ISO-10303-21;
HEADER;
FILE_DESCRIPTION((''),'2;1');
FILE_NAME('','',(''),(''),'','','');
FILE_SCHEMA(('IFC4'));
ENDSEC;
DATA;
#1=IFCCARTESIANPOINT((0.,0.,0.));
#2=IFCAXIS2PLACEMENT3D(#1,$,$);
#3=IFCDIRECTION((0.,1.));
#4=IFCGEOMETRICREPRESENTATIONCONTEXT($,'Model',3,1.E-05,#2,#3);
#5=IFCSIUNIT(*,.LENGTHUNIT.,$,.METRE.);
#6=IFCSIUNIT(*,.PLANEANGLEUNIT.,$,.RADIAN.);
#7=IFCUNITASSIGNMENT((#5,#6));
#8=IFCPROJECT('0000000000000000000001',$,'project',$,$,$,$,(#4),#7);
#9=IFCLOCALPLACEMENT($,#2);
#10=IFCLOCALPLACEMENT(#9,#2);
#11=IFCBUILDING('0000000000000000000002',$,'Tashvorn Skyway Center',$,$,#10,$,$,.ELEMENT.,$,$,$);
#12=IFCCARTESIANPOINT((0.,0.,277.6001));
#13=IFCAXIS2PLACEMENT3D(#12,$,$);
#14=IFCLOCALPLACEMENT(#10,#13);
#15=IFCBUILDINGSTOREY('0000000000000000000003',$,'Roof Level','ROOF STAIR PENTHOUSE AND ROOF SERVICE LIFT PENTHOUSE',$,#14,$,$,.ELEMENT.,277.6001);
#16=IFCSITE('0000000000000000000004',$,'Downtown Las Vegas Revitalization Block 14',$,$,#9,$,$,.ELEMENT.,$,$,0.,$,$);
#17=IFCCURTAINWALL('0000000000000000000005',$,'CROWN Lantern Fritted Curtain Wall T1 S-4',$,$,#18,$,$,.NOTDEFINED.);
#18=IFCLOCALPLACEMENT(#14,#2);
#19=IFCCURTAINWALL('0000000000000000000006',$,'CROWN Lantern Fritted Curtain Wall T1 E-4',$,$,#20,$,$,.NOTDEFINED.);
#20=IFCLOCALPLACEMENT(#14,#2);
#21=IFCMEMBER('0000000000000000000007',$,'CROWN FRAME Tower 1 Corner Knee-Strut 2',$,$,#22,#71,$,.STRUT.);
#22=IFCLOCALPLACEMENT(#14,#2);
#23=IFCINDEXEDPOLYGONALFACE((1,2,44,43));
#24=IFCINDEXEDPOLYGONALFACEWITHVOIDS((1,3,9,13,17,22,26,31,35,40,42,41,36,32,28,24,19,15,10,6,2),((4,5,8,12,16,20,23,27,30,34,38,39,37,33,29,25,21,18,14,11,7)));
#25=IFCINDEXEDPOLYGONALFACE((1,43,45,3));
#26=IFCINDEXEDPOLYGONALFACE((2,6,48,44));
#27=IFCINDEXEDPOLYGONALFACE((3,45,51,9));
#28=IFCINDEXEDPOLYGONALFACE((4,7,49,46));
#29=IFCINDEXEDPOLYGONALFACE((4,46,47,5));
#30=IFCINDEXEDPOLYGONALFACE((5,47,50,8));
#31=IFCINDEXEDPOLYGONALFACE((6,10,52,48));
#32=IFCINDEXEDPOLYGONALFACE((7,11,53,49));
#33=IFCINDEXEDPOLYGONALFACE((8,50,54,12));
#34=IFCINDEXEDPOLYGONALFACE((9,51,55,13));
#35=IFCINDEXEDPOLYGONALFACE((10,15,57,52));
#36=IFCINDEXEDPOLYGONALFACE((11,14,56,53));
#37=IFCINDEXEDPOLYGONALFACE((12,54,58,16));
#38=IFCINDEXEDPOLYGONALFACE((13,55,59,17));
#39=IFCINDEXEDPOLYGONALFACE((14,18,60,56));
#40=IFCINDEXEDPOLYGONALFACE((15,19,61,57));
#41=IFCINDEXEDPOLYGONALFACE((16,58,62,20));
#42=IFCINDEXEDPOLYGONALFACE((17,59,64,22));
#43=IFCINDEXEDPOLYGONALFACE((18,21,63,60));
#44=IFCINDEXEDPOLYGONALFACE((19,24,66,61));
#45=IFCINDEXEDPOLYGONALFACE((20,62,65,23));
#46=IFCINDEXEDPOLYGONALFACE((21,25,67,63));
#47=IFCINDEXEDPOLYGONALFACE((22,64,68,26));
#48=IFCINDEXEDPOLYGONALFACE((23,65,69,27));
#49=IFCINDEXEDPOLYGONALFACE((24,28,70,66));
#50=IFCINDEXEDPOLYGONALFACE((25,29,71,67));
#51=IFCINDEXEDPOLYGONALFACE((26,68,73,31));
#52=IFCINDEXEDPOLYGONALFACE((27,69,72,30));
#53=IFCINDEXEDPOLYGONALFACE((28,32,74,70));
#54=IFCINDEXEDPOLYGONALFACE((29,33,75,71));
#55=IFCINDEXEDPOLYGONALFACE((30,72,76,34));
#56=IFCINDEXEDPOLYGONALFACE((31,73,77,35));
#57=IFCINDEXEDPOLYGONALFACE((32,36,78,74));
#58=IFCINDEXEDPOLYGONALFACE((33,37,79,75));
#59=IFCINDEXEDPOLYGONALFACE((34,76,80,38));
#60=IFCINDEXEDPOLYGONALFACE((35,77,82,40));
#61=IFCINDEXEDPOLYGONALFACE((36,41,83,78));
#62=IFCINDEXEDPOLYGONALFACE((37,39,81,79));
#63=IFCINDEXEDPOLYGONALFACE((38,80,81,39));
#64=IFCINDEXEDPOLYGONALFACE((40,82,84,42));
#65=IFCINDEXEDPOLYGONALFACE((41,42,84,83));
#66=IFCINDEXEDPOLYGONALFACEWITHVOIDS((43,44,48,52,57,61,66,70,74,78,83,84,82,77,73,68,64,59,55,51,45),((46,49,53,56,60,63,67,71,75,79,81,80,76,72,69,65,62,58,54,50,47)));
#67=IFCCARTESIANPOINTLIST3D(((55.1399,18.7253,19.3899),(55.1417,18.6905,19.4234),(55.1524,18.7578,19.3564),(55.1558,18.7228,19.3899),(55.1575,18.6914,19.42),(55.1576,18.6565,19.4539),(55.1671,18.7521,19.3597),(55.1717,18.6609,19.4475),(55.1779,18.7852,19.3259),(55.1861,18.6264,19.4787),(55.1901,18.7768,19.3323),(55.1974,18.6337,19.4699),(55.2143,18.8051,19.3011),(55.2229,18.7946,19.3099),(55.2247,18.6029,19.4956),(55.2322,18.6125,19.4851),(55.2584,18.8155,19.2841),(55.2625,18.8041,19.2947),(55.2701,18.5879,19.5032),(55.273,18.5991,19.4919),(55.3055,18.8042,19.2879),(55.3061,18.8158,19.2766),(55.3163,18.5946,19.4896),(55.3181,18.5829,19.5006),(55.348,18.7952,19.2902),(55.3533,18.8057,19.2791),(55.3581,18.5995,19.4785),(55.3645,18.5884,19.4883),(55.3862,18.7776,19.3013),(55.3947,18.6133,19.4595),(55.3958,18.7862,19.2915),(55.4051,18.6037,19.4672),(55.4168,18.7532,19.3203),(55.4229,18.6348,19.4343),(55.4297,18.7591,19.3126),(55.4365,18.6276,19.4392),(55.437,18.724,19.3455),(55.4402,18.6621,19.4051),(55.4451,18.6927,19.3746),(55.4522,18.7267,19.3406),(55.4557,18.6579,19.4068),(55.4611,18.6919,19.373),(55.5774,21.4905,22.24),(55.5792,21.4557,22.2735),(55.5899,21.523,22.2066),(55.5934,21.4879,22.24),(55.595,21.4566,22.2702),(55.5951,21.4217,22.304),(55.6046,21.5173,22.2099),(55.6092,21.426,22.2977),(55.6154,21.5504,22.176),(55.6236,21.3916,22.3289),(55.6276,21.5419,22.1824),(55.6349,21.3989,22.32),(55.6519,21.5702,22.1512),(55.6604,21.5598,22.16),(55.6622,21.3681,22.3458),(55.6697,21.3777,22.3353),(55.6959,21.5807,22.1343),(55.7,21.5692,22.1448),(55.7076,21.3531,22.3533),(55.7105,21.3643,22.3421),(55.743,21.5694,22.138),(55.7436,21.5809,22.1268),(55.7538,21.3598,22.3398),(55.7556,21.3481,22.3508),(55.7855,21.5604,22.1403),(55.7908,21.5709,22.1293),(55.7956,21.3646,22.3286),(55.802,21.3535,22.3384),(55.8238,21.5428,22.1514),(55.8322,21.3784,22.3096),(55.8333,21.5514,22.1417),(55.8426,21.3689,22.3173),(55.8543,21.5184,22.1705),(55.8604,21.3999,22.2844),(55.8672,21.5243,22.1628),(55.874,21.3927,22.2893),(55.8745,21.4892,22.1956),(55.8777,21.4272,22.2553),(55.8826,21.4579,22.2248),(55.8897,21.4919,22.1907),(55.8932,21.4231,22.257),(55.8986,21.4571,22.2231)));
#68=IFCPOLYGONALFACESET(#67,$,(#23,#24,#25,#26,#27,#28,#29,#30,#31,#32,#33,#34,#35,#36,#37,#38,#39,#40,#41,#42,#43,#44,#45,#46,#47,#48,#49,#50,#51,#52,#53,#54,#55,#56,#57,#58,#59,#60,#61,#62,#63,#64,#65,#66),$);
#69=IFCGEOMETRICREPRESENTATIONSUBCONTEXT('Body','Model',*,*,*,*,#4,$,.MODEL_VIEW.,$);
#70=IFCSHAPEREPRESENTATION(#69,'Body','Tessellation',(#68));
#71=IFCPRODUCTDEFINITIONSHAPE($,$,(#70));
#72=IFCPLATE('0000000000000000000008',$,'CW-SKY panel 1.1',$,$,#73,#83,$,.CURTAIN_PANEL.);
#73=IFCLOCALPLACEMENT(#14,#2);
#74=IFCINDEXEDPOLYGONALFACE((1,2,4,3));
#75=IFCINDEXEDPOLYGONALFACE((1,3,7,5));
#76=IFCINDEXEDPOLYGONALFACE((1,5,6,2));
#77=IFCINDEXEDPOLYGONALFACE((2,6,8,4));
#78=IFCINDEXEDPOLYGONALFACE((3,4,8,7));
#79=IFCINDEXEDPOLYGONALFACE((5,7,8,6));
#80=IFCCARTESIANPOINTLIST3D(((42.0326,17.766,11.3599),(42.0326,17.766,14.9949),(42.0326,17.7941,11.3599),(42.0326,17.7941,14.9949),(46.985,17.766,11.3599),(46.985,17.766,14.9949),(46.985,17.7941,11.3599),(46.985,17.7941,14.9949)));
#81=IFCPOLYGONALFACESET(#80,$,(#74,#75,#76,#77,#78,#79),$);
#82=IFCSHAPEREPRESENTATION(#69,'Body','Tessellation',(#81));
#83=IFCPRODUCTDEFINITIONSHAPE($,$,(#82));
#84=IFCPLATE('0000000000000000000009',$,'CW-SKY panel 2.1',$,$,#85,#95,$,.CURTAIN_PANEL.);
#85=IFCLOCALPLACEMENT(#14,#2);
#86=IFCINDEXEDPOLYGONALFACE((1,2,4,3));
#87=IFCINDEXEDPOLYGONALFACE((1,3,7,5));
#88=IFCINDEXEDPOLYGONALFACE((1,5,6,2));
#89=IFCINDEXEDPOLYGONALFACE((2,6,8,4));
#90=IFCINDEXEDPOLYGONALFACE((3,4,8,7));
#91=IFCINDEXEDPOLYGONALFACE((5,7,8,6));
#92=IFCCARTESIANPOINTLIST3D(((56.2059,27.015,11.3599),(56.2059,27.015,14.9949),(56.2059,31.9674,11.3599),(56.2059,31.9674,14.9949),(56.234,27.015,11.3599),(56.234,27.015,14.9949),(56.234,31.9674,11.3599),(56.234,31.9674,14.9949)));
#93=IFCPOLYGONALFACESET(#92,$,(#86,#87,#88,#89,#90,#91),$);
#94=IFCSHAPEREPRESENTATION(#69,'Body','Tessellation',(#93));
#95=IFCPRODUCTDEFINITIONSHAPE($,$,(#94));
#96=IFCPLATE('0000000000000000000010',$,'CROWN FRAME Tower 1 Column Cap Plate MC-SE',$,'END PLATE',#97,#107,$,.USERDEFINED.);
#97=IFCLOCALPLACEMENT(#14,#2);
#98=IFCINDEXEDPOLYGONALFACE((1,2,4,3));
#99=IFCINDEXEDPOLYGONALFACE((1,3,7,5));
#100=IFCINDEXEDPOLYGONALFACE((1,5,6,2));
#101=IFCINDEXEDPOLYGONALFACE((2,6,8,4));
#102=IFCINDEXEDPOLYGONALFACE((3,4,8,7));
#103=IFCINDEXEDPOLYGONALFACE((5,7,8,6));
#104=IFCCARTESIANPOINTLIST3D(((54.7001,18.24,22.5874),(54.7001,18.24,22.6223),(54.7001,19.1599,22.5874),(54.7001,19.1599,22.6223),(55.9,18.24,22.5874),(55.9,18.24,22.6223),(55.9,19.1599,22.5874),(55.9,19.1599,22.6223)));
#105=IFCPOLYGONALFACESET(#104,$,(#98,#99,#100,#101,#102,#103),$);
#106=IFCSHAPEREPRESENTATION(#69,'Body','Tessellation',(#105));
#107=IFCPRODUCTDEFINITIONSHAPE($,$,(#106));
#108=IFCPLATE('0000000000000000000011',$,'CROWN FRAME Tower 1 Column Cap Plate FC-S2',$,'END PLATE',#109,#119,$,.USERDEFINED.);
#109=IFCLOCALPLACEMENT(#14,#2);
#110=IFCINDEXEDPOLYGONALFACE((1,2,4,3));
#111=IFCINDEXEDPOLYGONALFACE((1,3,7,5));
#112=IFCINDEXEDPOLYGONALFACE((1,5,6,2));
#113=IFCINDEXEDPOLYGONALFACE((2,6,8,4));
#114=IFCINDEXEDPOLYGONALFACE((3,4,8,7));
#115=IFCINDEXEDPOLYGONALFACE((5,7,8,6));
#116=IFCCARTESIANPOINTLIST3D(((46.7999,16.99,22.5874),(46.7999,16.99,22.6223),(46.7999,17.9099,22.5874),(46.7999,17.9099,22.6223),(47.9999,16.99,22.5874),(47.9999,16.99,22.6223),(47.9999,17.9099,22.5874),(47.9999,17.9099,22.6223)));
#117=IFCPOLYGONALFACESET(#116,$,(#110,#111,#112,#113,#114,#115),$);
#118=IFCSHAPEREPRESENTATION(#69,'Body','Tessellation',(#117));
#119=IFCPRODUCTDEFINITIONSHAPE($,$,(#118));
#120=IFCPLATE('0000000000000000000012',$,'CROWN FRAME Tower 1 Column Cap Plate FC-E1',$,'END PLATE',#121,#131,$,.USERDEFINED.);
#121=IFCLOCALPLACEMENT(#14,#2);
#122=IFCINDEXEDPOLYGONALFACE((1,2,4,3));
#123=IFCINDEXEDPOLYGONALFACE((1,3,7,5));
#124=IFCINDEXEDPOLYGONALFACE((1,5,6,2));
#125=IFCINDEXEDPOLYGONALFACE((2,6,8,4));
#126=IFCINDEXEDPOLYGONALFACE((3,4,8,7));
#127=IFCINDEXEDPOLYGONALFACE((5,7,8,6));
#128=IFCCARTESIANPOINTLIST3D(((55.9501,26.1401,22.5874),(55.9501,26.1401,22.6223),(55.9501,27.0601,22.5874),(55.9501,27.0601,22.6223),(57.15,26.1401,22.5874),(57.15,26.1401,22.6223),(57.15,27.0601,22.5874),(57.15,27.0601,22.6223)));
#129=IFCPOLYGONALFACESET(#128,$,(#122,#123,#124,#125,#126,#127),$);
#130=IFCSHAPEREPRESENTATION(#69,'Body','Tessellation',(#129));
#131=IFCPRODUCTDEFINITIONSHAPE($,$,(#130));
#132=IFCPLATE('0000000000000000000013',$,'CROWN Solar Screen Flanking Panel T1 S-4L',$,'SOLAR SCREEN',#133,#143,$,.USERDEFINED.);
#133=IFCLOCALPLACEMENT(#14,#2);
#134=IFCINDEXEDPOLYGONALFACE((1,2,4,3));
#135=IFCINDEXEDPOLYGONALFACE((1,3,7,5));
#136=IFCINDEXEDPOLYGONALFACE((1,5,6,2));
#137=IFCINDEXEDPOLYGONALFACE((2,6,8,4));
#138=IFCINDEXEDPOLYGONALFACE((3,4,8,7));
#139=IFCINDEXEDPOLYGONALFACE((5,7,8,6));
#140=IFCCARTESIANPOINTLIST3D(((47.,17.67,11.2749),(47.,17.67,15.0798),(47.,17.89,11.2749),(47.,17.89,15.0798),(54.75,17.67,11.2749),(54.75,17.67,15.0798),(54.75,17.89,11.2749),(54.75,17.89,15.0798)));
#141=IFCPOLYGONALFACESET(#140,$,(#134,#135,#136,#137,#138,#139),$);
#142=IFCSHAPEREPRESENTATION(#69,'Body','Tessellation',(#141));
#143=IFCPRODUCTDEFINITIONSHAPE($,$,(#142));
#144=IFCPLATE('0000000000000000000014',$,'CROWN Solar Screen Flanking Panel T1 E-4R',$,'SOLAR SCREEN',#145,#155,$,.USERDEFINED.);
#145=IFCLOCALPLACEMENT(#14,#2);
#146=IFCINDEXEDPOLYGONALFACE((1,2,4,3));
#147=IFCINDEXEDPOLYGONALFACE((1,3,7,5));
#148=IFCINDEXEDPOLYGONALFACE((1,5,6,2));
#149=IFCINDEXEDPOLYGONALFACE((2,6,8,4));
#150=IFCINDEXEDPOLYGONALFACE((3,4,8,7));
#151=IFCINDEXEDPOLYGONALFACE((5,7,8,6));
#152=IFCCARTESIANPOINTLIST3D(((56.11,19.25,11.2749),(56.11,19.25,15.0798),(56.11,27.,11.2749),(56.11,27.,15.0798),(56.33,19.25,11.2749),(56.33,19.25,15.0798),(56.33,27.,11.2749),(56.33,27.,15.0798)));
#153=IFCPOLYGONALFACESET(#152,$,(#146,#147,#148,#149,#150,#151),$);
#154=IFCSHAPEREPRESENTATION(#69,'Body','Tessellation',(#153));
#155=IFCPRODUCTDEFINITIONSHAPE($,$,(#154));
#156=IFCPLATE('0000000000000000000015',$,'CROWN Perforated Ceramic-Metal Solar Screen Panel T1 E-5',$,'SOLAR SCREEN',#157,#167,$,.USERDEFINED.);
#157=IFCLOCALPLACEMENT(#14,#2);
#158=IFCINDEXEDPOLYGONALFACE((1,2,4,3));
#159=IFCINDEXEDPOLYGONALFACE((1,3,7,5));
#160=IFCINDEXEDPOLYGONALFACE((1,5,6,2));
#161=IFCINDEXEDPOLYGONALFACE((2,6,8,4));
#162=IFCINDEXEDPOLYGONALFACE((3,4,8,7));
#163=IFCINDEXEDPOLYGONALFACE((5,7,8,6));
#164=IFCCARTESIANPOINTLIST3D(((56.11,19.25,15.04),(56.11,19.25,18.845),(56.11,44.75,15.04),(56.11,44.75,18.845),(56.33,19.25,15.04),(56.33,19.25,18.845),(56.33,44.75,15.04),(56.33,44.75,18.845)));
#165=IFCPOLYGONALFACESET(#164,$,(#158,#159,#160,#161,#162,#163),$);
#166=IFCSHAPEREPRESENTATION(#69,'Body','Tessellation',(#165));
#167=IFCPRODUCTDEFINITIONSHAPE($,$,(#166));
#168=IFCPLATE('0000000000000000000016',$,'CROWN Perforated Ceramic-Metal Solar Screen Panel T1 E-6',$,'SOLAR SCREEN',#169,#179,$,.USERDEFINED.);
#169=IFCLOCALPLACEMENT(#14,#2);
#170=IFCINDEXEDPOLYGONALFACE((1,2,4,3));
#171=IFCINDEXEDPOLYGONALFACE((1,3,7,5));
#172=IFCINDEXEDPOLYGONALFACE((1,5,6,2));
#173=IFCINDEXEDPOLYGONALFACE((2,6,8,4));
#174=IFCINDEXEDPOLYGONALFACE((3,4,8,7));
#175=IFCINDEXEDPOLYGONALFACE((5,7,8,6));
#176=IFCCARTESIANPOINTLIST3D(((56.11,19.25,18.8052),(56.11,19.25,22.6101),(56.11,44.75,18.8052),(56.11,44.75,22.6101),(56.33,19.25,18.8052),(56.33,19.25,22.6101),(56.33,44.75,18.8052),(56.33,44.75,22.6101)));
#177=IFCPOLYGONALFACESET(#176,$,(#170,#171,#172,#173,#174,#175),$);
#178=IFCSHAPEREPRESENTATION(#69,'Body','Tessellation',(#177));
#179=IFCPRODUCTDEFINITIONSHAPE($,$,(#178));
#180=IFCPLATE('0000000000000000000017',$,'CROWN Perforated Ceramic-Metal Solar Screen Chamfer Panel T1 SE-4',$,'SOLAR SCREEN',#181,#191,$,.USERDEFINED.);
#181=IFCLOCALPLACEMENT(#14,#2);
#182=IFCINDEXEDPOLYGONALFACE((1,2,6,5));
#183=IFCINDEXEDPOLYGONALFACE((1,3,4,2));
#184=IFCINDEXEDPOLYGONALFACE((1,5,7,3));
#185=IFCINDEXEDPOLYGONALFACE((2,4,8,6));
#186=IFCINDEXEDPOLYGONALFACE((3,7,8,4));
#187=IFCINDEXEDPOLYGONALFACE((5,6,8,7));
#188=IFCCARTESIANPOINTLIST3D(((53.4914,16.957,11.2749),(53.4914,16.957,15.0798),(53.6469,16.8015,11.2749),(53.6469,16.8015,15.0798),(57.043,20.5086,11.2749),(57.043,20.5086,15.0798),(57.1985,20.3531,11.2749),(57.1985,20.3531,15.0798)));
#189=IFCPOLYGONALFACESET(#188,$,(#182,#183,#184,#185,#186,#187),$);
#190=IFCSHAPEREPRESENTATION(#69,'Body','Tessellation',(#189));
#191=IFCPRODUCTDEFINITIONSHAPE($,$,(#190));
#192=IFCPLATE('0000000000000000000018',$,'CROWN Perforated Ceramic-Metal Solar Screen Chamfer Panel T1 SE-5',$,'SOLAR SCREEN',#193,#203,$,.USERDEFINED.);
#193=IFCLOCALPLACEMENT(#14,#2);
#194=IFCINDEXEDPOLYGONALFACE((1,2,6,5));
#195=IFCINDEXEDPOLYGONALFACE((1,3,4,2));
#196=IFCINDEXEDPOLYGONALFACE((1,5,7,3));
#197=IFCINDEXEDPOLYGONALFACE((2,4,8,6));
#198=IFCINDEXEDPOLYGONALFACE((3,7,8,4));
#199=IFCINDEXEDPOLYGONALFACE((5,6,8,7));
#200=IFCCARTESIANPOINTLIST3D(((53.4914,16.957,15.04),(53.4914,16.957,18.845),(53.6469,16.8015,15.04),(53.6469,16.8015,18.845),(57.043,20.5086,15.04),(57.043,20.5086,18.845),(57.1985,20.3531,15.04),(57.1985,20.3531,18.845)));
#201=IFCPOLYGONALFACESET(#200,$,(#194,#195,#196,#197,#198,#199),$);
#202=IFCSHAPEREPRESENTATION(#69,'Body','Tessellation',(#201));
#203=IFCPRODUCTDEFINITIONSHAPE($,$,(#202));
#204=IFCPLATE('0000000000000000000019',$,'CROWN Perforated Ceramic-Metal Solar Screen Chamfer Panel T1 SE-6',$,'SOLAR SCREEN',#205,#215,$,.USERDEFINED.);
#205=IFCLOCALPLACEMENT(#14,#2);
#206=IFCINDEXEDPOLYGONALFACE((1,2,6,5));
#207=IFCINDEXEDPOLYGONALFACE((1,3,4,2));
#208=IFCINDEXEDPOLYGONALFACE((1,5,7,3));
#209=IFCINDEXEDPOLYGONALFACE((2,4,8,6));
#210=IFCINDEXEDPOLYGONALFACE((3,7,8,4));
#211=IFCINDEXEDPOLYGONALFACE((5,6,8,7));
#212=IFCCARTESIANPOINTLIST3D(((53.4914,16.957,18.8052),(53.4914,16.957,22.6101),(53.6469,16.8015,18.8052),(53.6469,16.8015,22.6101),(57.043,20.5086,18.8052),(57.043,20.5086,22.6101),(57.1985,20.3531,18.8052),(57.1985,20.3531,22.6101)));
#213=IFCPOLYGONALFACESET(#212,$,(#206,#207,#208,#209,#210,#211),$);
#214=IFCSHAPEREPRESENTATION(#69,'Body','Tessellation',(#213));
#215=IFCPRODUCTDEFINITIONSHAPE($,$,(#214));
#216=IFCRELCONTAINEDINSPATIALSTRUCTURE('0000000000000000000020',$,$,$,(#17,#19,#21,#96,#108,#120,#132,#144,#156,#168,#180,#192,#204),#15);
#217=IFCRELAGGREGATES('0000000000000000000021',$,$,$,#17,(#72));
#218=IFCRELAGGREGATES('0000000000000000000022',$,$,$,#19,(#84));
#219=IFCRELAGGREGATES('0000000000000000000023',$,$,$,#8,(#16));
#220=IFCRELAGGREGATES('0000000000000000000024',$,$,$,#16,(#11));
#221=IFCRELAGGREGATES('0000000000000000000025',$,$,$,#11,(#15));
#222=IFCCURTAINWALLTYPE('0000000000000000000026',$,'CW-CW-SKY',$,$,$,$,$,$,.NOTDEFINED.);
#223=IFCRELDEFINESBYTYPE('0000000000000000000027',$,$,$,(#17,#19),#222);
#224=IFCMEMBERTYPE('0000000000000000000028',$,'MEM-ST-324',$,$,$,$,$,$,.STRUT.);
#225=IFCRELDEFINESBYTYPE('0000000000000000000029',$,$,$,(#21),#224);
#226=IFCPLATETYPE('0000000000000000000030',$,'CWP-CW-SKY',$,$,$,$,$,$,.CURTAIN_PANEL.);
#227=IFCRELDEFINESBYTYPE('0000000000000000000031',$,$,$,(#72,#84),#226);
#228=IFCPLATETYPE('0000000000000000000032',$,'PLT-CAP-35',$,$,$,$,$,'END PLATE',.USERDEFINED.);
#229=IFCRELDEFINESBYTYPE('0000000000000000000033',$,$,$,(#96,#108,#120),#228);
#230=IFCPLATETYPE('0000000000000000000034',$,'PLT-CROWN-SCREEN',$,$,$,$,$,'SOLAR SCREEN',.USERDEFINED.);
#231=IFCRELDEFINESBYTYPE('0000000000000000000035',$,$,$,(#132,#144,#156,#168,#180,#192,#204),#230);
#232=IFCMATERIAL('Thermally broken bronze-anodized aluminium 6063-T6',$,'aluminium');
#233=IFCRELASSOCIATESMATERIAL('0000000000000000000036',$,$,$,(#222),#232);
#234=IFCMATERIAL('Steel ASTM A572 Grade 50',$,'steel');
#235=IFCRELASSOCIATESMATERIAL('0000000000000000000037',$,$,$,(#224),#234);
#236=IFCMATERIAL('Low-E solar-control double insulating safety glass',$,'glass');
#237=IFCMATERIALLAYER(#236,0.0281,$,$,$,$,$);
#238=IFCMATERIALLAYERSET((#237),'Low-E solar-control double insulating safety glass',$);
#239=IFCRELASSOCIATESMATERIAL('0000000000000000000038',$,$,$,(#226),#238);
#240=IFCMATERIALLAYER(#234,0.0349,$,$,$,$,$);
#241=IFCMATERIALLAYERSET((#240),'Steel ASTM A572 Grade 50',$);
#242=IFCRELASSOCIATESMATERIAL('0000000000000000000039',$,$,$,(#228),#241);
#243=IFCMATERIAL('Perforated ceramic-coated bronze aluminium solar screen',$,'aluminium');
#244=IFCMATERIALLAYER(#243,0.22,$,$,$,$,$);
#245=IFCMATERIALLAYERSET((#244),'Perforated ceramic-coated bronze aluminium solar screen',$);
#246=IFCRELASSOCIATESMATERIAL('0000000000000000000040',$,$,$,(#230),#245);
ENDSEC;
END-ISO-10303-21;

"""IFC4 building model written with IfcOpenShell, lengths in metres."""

from ifc_helpers import new_model, si_unit, direction, frame, origin, origin_2d, place, context, subcontext, project, spatial, rectangle, hollow_circle, extrude, material, layer, layer_set, material_profile, profile_set, type_object, element, aggregate, save


model = new_model("IFC4")

# Units and contexts
model_context = context("Model", 3, precision=1e-05, world=origin(), true_north=direction((0.0, 1.0)))
body_context = subcontext(model_context, "Body", "Model", "MODEL_VIEW")
ifc_project = project(units=[si_unit("LENGTHUNIT", "METRE"), si_unit("PLANEANGLEUNIT", "RADIAN")], contexts=[model_context])

# Site, building, storey
site_placement = place(None, origin())
site = spatial("IfcSite", under=ifc_project, at=site_placement, Name="Downtown Las Vegas Revitalization Block 14", CompositionType="ELEMENT", RefElevation=0.0)
building_placement = place(site_placement, origin())
building = spatial("IfcBuilding", under=site, at=building_placement, Name="Tashvorn Skyway Center", CompositionType="ELEMENT")
storey_placement = place(building_placement, frame((0.0, 0.0, 277.6001)))
storey = spatial("IfcBuildingStorey", under=building, at=storey_placement, Name="Roof Level", Description="ROOF STAIR PENTHOUSE AND ROOF SERVICE LIFT PENTHOUSE", CompositionType="ELEMENT", Elevation=277.6001)

# Shared definitions
ifc_material_1 = material(Name="Steel ASTM A572 Grade 50", Category="steel")

# Curtain wall
ifc_material_2 = material(Name="Thermally broken bronze-anodized aluminium 6063-T6", Category="aluminium")
curtain_wall_type = type_object("IfcCurtainWallType", Name="CW-CW-SKY", PredefinedType="NOTDEFINED", material=ifc_material_2)
curtain_wall_1_placement = place(storey_placement, origin())
curtain_wall_1 = element("IfcCurtainWall", 1, at=curtain_wall_1_placement, inside=storey, type_object=curtain_wall_type, Name="CROWN Lantern Fritted Curtain Wall T1 S-4", PredefinedType="NOTDEFINED")

# Curtain wall
curtain_wall_2_placement = place(storey_placement, origin())
curtain_wall_2 = element("IfcCurtainWall", 2, at=curtain_wall_2_placement, inside=storey, type_object=curtain_wall_type, Name="CROWN Lantern Fritted Curtain Wall T1 E-4", PredefinedType="NOTDEFINED")

# Member
ifc_material_profile_1 = material_profile(ifc_material_1, hollow_circle(Radius=0.1621, WallThickness=0.0161, at=origin_2d()), Name="CHS324x16")
ifc_profile_set_1 = profile_set([ifc_material_profile_1], Name="Steel ASTM A572 Grade 50")
member_type_1 = type_object("IfcMemberType", Name="MEM-ST-324", PredefinedType="STRUT", material=ifc_profile_set_1)
member_1_placement = place(storey_placement, frame((55.3, 18.7, 19.3899), z_axis=(0.10951, 0.69214, 0.713407), x_axis=(-0.987713, 0.156276, 0.0)))
element("IfcMember", 3, at=member_1_placement, inside=storey, type_object=member_type_1, Name="CROWN FRAME Tower 1 Corner Knee-Strut 2", PredefinedType="STRUT", context=body_context, shape_type="SweptSolid", body=[
    extrude(hollow_circle(Radius=0.1621, WallThickness=0.0161, at=origin_2d()), origin(), (0.0, 0.0, 1.0), 3.9951),
])

# Plates
ifc_material_3 = material(Name="Low-E solar-control double insulating safety glass", Category="glass")
ifc_layer_1 = layer(ifc_material_3, 0.0281)
ifc_layer_set_1 = layer_set([ifc_layer_1], Name="Low-E solar-control double insulating safety glass")
plate_type_1 = type_object("IfcPlateType", Name="CWP-CW-SKY", PredefinedType="CURTAIN_PANEL", material=ifc_layer_set_1)
plate_1_placement = place(storey_placement, frame((44.5088, 17.78, 11.3599), z_axis=(0.0, 0.0, 1.0), x_axis=(-1.0, 0.0, 0.0)))
plate_1 = element("IfcPlate", 4, at=plate_1_placement, type_object=plate_type_1, Name="CW-SKY panel 1.1", PredefinedType="CURTAIN_PANEL", context=body_context, shape_type="SweptSolid", body=[
    extrude(rectangle(XDim=4.9524, YDim=0.0281, at=origin_2d()), origin(), (0.0, 0.0, 1.0), 3.635),
])
aggregate(curtain_wall_1, [plate_1])
plate_2_placement = place(storey_placement, frame((56.22, 29.4912, 11.3599), z_axis=(0.0, 0.0, 1.0), x_axis=(0.0, -1.0, 0.0)))
plate_2 = element("IfcPlate", 5, at=plate_2_placement, type_object=plate_type_1, Name="CW-SKY panel 2.1", PredefinedType="CURTAIN_PANEL", context=body_context, shape_type="SweptSolid", body=[
    extrude(rectangle(XDim=4.9524, YDim=0.0281, at=origin_2d()), origin(), (0.0, 0.0, 1.0), 3.635),
])
aggregate(curtain_wall_2, [plate_2])

# Plates
ifc_layer_2 = layer(ifc_material_1, 0.0349)
ifc_layer_set_2 = layer_set([ifc_layer_2], Name="Steel ASTM A572 Grade 50")
plate_type_2 = type_object("IfcPlateType", Name="PLT-CAP-35", ElementType="END PLATE", PredefinedType="USERDEFINED", material=ifc_layer_set_2)
for number, where, z_axis, x_axis, name in (
    (6, (55.3, 18.7, 22.5874), (0.0, 0.0, 1.0), (1.0, 0.0, 0.0), "CROWN FRAME Tower 1 Column Cap Plate MC-SE"),
    (7, (47.3999, 17.45, 22.5874), (0.0, 0.0, 1.0), (1.0, 0.0, 0.0), "CROWN FRAME Tower 1 Column Cap Plate FC-S2"),
    (8, (56.55, 26.6001, 22.5874), (0.0, 0.0, 1.0), (1.0, 0.0, 0.0), "CROWN FRAME Tower 1 Column Cap Plate FC-E1"),
):
    element("IfcPlate", number, at=place(storey_placement, frame(where, z_axis=z_axis, x_axis=x_axis)), inside=storey, type_object=plate_type_2, Name=name, ObjectType="END PLATE", PredefinedType="USERDEFINED", context=body_context, shape_type="SweptSolid", body=[
        extrude(rectangle(XDim=1.2, YDim=0.9199, at=origin_2d()), origin(), (0.0, 0.0, 1.0), 0.0349),
    ])
ifc_material_4 = material(Name="Perforated ceramic-coated bronze aluminium solar screen", Category="aluminium")
ifc_layer_3 = layer(ifc_material_4, 0.22)
ifc_layer_set_3 = layer_set([ifc_layer_3], Name="Perforated ceramic-coated bronze aluminium solar screen")
plate_type_3 = type_object("IfcPlateType", Name="PLT-CROWN-SCREEN", ElementType="SOLAR SCREEN", PredefinedType="USERDEFINED", material=ifc_layer_set_3)
for number, where, z_axis, x_axis, name in (
    (9, (50.875, 17.78, 11.2749), (0.0, 0.0, 1.0), (1.0, 0.0, 0.0), "CROWN Solar Screen Flanking Panel T1 S-4L"),
    (10, (56.22, 23.125, 11.2749), (0.0, 0.0, 1.0), (0.0, 1.0, 0.0), "CROWN Solar Screen Flanking Panel T1 E-4R"),
):
    element("IfcPlate", number, at=place(storey_placement, frame(where, z_axis=z_axis, x_axis=x_axis)), inside=storey, type_object=plate_type_3, Name=name, ObjectType="SOLAR SCREEN", PredefinedType="USERDEFINED", context=body_context, shape_type="SweptSolid", body=[
        extrude(rectangle(XDim=7.75, YDim=0.22, at=origin_2d()), origin(), (0.0, 0.0, 1.0), 3.8049),
    ])
for number, where, z_axis, x_axis, name in (
    (11, (56.22, 32.0, 15.04), (0.0, 0.0, 1.0), (0.0, 1.0, 0.0), "CROWN Perforated Ceramic-Metal Solar Screen Panel T1 E-5"),
    (12, (56.22, 32.0, 18.8052), (0.0, 0.0, 1.0), (0.0, 1.0, 0.0), "CROWN Perforated Ceramic-Metal Solar Screen Panel T1 E-6"),
):
    element("IfcPlate", number, at=place(storey_placement, frame(where, z_axis=z_axis, x_axis=x_axis)), inside=storey, type_object=plate_type_3, Name=name, ObjectType="SOLAR SCREEN", PredefinedType="USERDEFINED", context=body_context, shape_type="SweptSolid", body=[
        extrude(rectangle(XDim=25.5, YDim=0.22, at=origin_2d()), origin(), (0.0, 0.0, 1.0), 3.8049),
    ])
for number, where, z_axis, x_axis, name in (
    (13, (55.345, 18.655, 11.2749), (0.0, 0.0, 1.0), (0.707107, 0.707107, 0.0), "CROWN Perforated Ceramic-Metal Solar Screen Chamfer Panel T1 SE-4"),
    (14, (55.345, 18.655, 15.04), (0.0, 0.0, 1.0), (0.707107, 0.707107, 0.0), "CROWN Perforated Ceramic-Metal Solar Screen Chamfer Panel T1 SE-5"),
    (15, (55.345, 18.655, 18.8052), (0.0, 0.0, 1.0), (0.707107, 0.707107, 0.0), "CROWN Perforated Ceramic-Metal Solar Screen Chamfer Panel T1 SE-6"),
):
    element("IfcPlate", number, at=place(storey_placement, frame(where, z_axis=z_axis, x_axis=x_axis)), inside=storey, type_object=plate_type_3, Name=name, ObjectType="SOLAR SCREEN", PredefinedType="USERDEFINED", context=body_context, shape_type="SweptSolid", body=[
        extrude(rectangle(XDim=5.0227, YDim=0.22, at=origin_2d()), origin(), (0.0, 0.0, 1.0), 3.8049),
    ])

save(model, "model.ifc")
